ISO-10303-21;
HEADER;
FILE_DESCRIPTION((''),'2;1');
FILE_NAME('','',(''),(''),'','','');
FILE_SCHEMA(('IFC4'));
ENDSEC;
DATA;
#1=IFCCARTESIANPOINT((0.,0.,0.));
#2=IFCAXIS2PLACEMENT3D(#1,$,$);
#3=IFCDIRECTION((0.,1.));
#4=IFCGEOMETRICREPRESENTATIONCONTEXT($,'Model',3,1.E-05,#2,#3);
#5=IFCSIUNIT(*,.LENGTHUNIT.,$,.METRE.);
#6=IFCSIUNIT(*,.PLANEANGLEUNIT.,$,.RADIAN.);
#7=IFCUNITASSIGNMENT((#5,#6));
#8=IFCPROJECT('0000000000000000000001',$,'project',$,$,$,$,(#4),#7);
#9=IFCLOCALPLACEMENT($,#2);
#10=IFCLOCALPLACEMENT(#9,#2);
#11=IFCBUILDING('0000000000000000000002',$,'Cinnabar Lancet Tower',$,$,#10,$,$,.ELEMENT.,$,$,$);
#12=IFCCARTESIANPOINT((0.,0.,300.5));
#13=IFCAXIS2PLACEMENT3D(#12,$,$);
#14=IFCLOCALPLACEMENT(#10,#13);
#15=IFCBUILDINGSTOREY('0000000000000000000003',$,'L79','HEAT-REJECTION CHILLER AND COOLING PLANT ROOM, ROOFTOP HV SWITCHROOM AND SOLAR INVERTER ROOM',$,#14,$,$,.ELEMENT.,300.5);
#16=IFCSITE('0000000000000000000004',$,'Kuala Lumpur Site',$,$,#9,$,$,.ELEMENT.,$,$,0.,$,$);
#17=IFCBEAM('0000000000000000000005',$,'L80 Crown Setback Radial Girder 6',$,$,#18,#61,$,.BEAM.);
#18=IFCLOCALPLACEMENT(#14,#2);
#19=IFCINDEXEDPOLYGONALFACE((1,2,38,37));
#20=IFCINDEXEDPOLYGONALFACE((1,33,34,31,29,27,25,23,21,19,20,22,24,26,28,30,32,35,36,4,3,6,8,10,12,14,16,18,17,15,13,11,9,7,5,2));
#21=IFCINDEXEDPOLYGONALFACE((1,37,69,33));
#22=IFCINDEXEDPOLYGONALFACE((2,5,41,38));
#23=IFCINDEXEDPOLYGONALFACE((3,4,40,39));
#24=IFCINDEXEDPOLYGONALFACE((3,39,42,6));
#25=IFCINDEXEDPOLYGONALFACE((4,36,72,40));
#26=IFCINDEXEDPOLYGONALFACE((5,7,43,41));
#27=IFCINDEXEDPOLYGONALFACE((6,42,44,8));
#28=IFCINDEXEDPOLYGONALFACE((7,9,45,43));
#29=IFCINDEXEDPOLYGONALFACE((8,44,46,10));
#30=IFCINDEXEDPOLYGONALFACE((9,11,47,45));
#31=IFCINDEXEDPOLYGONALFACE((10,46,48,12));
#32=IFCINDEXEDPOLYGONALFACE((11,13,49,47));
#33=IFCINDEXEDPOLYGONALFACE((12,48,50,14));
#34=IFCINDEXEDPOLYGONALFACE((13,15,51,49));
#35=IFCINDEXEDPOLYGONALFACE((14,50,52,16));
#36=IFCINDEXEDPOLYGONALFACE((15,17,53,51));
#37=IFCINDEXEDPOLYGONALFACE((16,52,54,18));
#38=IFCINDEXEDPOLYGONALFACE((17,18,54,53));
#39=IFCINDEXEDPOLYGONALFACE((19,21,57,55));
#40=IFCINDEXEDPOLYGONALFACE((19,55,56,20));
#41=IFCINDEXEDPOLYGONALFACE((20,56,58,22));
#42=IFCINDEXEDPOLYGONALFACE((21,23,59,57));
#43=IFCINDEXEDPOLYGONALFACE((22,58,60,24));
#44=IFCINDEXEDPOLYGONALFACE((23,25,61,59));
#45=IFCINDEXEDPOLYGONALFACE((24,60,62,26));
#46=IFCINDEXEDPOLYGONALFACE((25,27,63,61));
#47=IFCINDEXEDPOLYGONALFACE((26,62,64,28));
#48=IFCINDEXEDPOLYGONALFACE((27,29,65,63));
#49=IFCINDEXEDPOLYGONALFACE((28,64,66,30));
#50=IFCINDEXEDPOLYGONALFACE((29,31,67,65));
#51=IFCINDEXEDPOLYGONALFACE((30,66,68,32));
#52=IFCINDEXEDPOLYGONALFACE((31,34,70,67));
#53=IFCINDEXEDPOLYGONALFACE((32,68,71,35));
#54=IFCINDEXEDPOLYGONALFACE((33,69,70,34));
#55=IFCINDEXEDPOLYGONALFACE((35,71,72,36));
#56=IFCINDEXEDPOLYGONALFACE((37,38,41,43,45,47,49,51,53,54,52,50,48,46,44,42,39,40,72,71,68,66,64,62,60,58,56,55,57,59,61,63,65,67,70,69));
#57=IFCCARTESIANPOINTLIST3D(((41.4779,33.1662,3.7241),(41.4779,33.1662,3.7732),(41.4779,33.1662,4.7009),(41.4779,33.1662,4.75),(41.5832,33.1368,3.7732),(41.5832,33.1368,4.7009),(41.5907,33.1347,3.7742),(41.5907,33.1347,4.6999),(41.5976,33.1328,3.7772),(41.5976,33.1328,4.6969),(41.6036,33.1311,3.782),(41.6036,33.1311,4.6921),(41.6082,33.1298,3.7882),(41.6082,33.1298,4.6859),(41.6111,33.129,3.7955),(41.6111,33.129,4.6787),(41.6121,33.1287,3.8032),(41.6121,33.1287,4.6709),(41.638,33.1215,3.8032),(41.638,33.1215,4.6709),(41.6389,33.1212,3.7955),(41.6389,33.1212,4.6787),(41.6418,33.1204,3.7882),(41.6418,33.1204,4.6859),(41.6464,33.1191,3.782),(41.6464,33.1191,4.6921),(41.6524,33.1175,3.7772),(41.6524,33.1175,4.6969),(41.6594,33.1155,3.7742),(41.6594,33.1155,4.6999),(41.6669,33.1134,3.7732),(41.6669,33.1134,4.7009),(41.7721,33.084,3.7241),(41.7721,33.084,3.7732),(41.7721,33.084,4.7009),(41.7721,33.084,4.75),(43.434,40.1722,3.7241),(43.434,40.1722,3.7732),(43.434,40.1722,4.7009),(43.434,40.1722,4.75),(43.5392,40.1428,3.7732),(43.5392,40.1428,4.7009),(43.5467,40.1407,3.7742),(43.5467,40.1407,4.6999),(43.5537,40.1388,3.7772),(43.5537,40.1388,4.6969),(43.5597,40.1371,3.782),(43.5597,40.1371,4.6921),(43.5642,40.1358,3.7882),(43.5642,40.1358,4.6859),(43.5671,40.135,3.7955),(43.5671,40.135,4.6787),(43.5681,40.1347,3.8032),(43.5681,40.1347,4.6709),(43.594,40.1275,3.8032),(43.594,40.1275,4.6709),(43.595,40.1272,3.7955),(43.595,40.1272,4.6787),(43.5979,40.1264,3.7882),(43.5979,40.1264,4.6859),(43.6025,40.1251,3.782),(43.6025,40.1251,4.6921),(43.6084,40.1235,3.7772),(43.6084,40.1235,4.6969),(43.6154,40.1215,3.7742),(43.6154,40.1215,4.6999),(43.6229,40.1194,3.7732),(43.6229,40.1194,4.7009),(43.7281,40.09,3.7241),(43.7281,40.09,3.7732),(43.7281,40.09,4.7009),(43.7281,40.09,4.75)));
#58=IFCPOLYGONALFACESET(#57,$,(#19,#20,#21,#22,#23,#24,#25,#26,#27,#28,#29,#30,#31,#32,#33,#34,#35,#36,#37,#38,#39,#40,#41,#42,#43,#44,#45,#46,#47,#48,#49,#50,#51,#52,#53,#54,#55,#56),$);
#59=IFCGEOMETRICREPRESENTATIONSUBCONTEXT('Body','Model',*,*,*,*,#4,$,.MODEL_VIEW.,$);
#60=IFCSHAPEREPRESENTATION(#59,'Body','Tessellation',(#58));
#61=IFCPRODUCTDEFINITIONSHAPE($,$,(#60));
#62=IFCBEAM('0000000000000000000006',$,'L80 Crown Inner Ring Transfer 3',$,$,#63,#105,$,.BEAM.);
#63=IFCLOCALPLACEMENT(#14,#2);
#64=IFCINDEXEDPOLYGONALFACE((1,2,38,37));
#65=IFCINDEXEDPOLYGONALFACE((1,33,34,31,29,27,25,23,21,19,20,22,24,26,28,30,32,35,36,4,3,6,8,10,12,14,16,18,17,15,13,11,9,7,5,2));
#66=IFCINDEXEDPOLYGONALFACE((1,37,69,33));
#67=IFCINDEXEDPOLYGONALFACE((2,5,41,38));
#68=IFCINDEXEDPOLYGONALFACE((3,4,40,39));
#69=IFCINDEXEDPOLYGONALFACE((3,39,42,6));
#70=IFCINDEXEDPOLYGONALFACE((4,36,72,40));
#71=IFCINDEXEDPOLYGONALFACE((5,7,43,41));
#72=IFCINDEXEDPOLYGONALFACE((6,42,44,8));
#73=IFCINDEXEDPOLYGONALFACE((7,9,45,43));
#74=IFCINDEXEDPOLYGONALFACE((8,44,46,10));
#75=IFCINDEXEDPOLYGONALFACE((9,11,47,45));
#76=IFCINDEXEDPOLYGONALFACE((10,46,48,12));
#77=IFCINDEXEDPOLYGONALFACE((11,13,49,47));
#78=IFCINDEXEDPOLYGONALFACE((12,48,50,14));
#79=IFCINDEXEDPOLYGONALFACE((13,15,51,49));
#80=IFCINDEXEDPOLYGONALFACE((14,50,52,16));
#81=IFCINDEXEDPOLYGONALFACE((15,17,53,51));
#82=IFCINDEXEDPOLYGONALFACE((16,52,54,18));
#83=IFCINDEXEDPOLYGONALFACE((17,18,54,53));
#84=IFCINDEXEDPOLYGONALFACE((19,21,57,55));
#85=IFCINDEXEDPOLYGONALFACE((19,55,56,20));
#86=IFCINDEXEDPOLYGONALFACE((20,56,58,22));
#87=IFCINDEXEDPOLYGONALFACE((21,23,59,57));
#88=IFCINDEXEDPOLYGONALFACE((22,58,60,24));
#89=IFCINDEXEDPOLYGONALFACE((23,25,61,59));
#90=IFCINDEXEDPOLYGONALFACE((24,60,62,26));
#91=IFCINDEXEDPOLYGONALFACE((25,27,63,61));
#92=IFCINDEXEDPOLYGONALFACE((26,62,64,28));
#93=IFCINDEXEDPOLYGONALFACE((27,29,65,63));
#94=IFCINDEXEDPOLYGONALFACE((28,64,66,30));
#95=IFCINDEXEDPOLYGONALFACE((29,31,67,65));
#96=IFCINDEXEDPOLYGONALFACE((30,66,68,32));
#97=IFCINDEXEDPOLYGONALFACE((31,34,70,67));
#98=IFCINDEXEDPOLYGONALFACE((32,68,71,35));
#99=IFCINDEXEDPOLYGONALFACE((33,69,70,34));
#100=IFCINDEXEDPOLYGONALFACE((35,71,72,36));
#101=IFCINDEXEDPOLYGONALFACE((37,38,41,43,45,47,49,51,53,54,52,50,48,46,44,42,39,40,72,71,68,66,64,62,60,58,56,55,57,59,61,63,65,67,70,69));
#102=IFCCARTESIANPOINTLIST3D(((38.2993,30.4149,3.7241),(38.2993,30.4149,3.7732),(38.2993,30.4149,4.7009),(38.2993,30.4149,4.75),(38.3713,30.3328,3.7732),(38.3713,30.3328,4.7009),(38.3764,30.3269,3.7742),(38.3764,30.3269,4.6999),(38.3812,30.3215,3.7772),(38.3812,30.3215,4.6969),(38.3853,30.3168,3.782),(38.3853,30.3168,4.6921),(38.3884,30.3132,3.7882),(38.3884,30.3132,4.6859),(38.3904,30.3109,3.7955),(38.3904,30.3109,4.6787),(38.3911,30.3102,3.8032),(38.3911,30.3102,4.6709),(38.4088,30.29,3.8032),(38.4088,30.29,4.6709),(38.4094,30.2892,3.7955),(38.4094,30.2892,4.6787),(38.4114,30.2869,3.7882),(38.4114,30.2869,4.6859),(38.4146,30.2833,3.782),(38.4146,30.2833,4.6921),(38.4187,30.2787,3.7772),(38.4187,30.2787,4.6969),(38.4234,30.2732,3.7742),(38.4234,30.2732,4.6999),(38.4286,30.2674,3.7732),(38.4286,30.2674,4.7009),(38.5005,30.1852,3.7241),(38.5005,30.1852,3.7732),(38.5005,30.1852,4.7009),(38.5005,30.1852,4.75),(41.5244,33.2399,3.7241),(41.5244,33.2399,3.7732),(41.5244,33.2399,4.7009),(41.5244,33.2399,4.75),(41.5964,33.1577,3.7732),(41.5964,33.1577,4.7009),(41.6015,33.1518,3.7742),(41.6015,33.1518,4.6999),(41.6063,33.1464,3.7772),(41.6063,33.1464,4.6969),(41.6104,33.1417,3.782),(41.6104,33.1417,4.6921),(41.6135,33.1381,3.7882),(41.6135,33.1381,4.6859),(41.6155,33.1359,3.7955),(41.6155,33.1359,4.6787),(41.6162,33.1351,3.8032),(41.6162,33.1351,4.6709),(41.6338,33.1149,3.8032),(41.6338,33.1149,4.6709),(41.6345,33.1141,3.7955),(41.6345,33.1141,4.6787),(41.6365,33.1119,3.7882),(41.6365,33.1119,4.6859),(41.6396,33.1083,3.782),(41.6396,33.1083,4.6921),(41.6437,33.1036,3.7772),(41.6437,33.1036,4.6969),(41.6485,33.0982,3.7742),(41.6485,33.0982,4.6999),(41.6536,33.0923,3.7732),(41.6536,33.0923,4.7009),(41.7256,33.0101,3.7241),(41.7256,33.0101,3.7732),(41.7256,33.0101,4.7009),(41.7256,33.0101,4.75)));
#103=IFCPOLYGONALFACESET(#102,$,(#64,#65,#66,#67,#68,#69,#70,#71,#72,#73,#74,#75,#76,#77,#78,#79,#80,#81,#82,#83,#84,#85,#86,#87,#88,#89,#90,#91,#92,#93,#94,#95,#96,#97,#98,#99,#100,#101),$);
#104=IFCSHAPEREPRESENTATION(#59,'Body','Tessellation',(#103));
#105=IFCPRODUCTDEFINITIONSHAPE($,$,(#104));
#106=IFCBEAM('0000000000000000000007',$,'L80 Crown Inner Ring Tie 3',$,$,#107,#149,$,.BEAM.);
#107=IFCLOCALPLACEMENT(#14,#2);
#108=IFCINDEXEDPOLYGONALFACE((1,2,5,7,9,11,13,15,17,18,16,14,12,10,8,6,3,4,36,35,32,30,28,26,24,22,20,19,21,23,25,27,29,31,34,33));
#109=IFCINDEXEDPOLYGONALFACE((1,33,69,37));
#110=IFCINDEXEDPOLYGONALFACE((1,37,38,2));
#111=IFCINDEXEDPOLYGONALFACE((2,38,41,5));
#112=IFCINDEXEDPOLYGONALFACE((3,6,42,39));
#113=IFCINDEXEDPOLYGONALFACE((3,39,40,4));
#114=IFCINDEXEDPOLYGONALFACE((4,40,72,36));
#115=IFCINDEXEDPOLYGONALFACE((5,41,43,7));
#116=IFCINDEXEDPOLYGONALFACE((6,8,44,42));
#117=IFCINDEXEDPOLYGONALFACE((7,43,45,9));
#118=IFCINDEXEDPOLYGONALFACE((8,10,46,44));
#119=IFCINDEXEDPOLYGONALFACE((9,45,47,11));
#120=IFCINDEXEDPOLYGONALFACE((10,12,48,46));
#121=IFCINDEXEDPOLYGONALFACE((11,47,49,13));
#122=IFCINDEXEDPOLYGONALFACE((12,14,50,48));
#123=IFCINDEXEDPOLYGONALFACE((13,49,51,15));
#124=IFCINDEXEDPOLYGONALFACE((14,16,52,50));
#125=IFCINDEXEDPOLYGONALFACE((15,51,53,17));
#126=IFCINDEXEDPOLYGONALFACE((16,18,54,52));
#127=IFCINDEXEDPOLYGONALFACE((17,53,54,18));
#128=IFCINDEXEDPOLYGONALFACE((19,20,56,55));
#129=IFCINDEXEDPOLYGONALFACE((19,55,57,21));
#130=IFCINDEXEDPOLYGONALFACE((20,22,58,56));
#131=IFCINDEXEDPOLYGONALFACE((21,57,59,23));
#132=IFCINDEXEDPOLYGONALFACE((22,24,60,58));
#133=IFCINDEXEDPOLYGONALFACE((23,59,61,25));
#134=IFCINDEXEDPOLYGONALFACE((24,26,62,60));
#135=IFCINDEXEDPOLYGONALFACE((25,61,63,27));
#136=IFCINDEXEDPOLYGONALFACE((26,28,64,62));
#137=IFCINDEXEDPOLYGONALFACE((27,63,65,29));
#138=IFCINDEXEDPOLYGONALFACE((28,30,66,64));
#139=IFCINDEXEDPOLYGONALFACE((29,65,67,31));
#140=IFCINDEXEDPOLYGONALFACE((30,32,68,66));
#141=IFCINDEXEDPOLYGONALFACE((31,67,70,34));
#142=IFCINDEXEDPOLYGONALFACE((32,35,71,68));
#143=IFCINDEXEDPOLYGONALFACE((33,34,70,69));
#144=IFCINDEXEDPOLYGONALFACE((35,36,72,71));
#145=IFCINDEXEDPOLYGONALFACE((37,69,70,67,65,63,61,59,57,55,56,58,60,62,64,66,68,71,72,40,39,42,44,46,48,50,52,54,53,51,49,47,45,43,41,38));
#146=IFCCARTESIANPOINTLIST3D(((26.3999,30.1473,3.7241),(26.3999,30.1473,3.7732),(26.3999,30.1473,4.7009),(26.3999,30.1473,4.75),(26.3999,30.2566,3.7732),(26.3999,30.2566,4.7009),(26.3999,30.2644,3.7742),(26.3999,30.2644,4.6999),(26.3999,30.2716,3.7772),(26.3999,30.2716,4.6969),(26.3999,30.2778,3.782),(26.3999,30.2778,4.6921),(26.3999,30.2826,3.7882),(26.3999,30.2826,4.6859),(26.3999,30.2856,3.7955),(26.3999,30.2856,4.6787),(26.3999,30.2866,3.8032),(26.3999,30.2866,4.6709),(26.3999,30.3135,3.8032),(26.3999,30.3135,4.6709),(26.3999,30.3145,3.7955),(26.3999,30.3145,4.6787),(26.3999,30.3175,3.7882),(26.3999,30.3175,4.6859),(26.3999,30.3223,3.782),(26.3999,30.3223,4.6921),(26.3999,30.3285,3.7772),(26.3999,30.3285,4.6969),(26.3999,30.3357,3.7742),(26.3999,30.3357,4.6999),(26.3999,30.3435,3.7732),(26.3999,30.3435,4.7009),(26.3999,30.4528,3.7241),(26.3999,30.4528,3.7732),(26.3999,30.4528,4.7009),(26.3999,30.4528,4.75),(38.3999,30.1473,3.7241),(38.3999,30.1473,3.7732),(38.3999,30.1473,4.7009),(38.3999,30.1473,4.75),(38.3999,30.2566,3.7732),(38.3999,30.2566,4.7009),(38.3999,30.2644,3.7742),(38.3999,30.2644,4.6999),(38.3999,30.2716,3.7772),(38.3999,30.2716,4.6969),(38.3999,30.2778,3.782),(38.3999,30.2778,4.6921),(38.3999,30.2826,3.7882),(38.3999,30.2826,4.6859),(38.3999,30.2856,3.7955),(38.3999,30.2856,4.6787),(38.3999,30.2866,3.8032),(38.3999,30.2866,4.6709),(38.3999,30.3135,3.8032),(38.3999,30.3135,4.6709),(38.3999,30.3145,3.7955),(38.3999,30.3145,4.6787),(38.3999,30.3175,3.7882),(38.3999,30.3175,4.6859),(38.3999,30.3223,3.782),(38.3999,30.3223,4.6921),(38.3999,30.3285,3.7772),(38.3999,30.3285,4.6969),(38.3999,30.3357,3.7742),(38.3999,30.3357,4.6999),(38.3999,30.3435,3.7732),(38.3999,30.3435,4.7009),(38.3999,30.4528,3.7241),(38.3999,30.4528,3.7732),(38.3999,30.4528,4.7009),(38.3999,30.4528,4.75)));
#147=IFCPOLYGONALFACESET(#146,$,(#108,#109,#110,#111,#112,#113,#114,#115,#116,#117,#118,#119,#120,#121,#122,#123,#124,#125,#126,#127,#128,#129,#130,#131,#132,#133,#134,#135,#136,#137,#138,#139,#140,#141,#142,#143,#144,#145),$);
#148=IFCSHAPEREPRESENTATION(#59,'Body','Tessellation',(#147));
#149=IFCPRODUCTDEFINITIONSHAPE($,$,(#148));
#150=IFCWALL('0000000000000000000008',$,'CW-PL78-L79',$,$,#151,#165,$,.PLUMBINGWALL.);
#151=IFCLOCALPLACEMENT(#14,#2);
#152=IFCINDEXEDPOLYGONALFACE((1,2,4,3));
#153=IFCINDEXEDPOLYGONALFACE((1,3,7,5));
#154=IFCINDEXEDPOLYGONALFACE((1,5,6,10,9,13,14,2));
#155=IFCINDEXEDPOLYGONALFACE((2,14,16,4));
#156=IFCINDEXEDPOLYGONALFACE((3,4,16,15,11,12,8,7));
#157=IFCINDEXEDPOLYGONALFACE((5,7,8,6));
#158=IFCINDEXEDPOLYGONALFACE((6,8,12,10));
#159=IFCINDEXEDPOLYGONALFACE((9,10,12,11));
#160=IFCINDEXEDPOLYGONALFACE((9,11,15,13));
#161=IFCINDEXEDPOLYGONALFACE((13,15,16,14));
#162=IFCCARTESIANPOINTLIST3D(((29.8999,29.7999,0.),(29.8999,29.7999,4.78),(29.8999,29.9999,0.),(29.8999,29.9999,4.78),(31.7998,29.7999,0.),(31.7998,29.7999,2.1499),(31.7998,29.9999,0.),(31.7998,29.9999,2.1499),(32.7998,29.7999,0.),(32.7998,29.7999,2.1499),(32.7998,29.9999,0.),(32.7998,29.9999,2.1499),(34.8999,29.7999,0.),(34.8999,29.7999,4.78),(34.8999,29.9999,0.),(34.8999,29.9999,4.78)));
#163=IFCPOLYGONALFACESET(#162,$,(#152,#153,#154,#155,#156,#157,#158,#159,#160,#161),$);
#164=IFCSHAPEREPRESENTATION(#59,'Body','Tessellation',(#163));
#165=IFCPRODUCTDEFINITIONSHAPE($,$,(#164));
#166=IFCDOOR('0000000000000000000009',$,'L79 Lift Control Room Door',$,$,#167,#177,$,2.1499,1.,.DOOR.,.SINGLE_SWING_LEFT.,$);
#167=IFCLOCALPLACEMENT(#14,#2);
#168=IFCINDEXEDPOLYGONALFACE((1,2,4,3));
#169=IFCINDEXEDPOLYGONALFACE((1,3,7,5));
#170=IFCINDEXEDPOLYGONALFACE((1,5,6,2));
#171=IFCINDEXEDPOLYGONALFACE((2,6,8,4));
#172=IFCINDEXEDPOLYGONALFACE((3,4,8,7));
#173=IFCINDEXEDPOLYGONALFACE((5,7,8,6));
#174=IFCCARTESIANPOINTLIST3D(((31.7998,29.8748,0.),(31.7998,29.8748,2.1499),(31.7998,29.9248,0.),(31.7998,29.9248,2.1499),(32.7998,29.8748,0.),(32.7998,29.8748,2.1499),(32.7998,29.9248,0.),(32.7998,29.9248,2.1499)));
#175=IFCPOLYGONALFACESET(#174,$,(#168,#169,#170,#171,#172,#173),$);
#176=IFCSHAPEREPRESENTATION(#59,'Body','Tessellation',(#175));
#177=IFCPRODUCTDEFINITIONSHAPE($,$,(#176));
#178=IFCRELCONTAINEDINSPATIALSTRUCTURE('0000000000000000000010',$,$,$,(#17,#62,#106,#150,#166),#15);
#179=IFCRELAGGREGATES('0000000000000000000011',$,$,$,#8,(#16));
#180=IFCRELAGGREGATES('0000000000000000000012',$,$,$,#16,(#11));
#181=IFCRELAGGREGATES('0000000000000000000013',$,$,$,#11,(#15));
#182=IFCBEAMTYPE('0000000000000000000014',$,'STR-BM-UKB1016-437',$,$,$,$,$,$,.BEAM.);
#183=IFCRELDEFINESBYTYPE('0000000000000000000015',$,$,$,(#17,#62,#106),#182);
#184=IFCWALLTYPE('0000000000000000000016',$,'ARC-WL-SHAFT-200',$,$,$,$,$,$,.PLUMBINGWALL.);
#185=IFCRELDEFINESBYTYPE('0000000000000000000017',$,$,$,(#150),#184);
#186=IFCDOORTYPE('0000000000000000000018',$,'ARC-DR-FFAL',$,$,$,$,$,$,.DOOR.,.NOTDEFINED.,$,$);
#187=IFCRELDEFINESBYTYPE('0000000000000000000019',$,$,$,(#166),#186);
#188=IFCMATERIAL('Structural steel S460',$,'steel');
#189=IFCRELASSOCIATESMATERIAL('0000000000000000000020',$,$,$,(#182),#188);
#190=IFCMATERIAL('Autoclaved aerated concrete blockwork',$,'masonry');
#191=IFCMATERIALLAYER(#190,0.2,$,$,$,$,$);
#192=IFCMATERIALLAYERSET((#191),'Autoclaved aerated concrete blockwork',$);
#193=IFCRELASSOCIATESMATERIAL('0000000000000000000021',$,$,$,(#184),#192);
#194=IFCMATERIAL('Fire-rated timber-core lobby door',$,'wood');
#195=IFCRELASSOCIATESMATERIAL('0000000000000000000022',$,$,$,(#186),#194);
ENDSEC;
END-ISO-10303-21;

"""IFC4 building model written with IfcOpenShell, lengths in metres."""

from ifc_helpers import new_model, si_unit, direction, frame, frame_2d, origin, origin_2d, place, context, subcontext, project, spatial, rectangle, i_section, extrude, material, layer, layer_set, material_profile, profile_set, type_object, element, fill, save


model = new_model("IFC4")

# Units and contexts
model_context = context("Model", 3, precision=1e-05, world=origin(), true_north=direction((0.0, 1.0)))
body_context = subcontext(model_context, "Body", "Model", "MODEL_VIEW")
ifc_project = project(units=[si_unit("LENGTHUNIT", "METRE"), si_unit("PLANEANGLEUNIT", "RADIAN")], contexts=[model_context])

# Site, building, storey
site_placement = place(None, origin())
site = spatial("IfcSite", under=ifc_project, at=site_placement, Name="Kuala Lumpur Site", CompositionType="ELEMENT", RefElevation=0.0)
building_placement = place(site_placement, origin())
building = spatial("IfcBuilding", under=site, at=building_placement, Name="Cinnabar Lancet Tower", CompositionType="ELEMENT")
storey_placement = place(building_placement, frame((0.0, 0.0, 300.5)))
storey = spatial("IfcBuildingStorey", under=building, at=storey_placement, Name="L79", Description="HEAT-REJECTION CHILLER AND COOLING PLANT ROOM, ROOFTOP HV SWITCHROOM AND SOLAR INVERTER ROOM", CompositionType="ELEMENT", Elevation=300.5)

# Beams
ifc_material_1 = material(Name="Structural steel S460", Category="steel")
ifc_material_profile_1 = material_profile(ifc_material_1, i_section(OverallWidth=0.3054, OverallDepth=1.0259, WebThickness=0.0269, FlangeThickness=0.0491, FilletRadius=0.03, at=origin_2d()), Name="UKB 1016x305x437")
ifc_profile_set_1 = profile_set([ifc_material_profile_1], Name="Structural steel S460")
beam_type_1 = type_object("IfcBeamType", Name="STR-BM-UKB1016-437", PredefinedType="BEAM", material=ifc_profile_set_1)
beam_1_placement = place(storey_placement, frame((43.5811, 40.1311, 4.2371), z_axis=(-0.268909, -0.963166, 0.0), x_axis=(0.963166, -0.268909, 0.0)))
element("IfcBeam", 1, at=beam_1_placement, inside=storey, type_object=beam_type_1, Name="L80 Crown Setback Radial Girder 6", PredefinedType="BEAM", context=body_context, shape_type="SweptSolid", body=[
    extrude(i_section(OverallWidth=0.3054, OverallDepth=1.0259, WebThickness=0.0269, FlangeThickness=0.0491, FilletRadius=0.03, at=origin_2d()), origin(), (0.0, 0.0, 1.0), 7.2739),
])
beam_2_placement = place(storey_placement, frame((41.625, 33.125, 4.2371), z_axis=(-0.752231, -0.6589, 0.0), x_axis=(0.6589, -0.752231, 0.0)))
element("IfcBeam", 2, at=beam_2_placement, inside=storey, type_object=beam_type_1, Name="L80 Crown Inner Ring Transfer 3", PredefinedType="BEAM", context=body_context, shape_type="SweptSolid", body=[
    extrude(i_section(OverallWidth=0.3054, OverallDepth=1.0259, WebThickness=0.0269, FlangeThickness=0.0491, FilletRadius=0.03, at=origin_2d()), origin(), (0.0, 0.0, 1.0), 4.2874),
])
beam_3_placement = place(storey_placement, frame((38.3999, 30.3, 4.2371), z_axis=(-1.0, 0.0, 0.0), x_axis=(0.0, -1.0, 0.0)))
element("IfcBeam", 3, at=beam_3_placement, inside=storey, type_object=beam_type_1, Name="L80 Crown Inner Ring Tie 3", PredefinedType="BEAM", context=body_context, shape_type="SweptSolid", body=[
    extrude(i_section(OverallWidth=0.3054, OverallDepth=1.0259, WebThickness=0.0269, FlangeThickness=0.0491, FilletRadius=0.03, at=origin_2d()), origin(), (0.0, 0.0, 1.0), 12.0),
])

# Wall, opening, door
ifc_material_2 = material(Name="Autoclaved aerated concrete blockwork", Category="masonry")
ifc_layer = layer(ifc_material_2, 0.2)
ifc_layer_set = layer_set([ifc_layer], Name="Autoclaved aerated concrete blockwork")
wall_type = type_object("IfcWallType", Name="ARC-WL-SHAFT-200", PredefinedType="PLUMBINGWALL", material=ifc_layer_set)
wall_1_placement = place(storey_placement, frame((29.8999, 29.8999, 0.0), z_axis=(0.0, 0.0, 1.0), x_axis=(1.0, 0.0, 0.0)))
wall_1 = element("IfcWall", 4, at=wall_1_placement, inside=storey, type_object=wall_type, Name="CW-PL78-L79", PredefinedType="PLUMBINGWALL", context=body_context, shape_type="SweptSolid", body=[
    extrude(rectangle(XDim=5.0, YDim=0.2, at=frame_2d((2.5, 0.0))), origin(), (0.0, 0.0, 1.0), 4.78),
])
opening_1_placement = place(wall_1_placement, frame((1.8999, 0.0, 0.0)))
opening_1 = element("IfcOpeningElement", 5, at=opening_1_placement, cuts=wall_1, PredefinedType="OPENING", context=body_context, shape_type="SweptSolid", body=[
    extrude(rectangle(XDim=1.0, YDim=2.1499, at=frame_2d((0.5, 1.075))), frame((0.0, 0.1099, 0.0), z_axis=(0.0, -1.0, 0.0), x_axis=(1.0, 0.0, 0.0)), (0.0, 0.0, 1.0), 0.22),
])
ifc_material_3 = material(Name="Fire-rated timber-core lobby door", Category="wood")
door_type_1 = type_object("IfcDoorType", Name="ARC-DR-FFAL", OperationType="NOTDEFINED", PredefinedType="DOOR", material=ifc_material_3)
door_1_placement = place(opening_1_placement, origin())
door_1 = element("IfcDoor", 6, at=door_1_placement, inside=storey, type_object=door_type_1, Name="L79 Lift Control Room Door", OperationType="SINGLE_SWING_LEFT", OverallHeight=2.1499, OverallWidth=1.0, PredefinedType="DOOR", context=body_context, shape_type="SweptSolid", body=[
    extrude(rectangle(XDim=1.0, YDim=2.1499, at=frame_2d((0.5, 1.075))), frame((0.0, 0.0249, 0.0), z_axis=(0.0, -1.0, 0.0), x_axis=(1.0, 0.0, 0.0)), (0.0, 0.0, 1.0), 0.05),
])
fill(opening_1, door_1)

save(model, "model.ifc")
